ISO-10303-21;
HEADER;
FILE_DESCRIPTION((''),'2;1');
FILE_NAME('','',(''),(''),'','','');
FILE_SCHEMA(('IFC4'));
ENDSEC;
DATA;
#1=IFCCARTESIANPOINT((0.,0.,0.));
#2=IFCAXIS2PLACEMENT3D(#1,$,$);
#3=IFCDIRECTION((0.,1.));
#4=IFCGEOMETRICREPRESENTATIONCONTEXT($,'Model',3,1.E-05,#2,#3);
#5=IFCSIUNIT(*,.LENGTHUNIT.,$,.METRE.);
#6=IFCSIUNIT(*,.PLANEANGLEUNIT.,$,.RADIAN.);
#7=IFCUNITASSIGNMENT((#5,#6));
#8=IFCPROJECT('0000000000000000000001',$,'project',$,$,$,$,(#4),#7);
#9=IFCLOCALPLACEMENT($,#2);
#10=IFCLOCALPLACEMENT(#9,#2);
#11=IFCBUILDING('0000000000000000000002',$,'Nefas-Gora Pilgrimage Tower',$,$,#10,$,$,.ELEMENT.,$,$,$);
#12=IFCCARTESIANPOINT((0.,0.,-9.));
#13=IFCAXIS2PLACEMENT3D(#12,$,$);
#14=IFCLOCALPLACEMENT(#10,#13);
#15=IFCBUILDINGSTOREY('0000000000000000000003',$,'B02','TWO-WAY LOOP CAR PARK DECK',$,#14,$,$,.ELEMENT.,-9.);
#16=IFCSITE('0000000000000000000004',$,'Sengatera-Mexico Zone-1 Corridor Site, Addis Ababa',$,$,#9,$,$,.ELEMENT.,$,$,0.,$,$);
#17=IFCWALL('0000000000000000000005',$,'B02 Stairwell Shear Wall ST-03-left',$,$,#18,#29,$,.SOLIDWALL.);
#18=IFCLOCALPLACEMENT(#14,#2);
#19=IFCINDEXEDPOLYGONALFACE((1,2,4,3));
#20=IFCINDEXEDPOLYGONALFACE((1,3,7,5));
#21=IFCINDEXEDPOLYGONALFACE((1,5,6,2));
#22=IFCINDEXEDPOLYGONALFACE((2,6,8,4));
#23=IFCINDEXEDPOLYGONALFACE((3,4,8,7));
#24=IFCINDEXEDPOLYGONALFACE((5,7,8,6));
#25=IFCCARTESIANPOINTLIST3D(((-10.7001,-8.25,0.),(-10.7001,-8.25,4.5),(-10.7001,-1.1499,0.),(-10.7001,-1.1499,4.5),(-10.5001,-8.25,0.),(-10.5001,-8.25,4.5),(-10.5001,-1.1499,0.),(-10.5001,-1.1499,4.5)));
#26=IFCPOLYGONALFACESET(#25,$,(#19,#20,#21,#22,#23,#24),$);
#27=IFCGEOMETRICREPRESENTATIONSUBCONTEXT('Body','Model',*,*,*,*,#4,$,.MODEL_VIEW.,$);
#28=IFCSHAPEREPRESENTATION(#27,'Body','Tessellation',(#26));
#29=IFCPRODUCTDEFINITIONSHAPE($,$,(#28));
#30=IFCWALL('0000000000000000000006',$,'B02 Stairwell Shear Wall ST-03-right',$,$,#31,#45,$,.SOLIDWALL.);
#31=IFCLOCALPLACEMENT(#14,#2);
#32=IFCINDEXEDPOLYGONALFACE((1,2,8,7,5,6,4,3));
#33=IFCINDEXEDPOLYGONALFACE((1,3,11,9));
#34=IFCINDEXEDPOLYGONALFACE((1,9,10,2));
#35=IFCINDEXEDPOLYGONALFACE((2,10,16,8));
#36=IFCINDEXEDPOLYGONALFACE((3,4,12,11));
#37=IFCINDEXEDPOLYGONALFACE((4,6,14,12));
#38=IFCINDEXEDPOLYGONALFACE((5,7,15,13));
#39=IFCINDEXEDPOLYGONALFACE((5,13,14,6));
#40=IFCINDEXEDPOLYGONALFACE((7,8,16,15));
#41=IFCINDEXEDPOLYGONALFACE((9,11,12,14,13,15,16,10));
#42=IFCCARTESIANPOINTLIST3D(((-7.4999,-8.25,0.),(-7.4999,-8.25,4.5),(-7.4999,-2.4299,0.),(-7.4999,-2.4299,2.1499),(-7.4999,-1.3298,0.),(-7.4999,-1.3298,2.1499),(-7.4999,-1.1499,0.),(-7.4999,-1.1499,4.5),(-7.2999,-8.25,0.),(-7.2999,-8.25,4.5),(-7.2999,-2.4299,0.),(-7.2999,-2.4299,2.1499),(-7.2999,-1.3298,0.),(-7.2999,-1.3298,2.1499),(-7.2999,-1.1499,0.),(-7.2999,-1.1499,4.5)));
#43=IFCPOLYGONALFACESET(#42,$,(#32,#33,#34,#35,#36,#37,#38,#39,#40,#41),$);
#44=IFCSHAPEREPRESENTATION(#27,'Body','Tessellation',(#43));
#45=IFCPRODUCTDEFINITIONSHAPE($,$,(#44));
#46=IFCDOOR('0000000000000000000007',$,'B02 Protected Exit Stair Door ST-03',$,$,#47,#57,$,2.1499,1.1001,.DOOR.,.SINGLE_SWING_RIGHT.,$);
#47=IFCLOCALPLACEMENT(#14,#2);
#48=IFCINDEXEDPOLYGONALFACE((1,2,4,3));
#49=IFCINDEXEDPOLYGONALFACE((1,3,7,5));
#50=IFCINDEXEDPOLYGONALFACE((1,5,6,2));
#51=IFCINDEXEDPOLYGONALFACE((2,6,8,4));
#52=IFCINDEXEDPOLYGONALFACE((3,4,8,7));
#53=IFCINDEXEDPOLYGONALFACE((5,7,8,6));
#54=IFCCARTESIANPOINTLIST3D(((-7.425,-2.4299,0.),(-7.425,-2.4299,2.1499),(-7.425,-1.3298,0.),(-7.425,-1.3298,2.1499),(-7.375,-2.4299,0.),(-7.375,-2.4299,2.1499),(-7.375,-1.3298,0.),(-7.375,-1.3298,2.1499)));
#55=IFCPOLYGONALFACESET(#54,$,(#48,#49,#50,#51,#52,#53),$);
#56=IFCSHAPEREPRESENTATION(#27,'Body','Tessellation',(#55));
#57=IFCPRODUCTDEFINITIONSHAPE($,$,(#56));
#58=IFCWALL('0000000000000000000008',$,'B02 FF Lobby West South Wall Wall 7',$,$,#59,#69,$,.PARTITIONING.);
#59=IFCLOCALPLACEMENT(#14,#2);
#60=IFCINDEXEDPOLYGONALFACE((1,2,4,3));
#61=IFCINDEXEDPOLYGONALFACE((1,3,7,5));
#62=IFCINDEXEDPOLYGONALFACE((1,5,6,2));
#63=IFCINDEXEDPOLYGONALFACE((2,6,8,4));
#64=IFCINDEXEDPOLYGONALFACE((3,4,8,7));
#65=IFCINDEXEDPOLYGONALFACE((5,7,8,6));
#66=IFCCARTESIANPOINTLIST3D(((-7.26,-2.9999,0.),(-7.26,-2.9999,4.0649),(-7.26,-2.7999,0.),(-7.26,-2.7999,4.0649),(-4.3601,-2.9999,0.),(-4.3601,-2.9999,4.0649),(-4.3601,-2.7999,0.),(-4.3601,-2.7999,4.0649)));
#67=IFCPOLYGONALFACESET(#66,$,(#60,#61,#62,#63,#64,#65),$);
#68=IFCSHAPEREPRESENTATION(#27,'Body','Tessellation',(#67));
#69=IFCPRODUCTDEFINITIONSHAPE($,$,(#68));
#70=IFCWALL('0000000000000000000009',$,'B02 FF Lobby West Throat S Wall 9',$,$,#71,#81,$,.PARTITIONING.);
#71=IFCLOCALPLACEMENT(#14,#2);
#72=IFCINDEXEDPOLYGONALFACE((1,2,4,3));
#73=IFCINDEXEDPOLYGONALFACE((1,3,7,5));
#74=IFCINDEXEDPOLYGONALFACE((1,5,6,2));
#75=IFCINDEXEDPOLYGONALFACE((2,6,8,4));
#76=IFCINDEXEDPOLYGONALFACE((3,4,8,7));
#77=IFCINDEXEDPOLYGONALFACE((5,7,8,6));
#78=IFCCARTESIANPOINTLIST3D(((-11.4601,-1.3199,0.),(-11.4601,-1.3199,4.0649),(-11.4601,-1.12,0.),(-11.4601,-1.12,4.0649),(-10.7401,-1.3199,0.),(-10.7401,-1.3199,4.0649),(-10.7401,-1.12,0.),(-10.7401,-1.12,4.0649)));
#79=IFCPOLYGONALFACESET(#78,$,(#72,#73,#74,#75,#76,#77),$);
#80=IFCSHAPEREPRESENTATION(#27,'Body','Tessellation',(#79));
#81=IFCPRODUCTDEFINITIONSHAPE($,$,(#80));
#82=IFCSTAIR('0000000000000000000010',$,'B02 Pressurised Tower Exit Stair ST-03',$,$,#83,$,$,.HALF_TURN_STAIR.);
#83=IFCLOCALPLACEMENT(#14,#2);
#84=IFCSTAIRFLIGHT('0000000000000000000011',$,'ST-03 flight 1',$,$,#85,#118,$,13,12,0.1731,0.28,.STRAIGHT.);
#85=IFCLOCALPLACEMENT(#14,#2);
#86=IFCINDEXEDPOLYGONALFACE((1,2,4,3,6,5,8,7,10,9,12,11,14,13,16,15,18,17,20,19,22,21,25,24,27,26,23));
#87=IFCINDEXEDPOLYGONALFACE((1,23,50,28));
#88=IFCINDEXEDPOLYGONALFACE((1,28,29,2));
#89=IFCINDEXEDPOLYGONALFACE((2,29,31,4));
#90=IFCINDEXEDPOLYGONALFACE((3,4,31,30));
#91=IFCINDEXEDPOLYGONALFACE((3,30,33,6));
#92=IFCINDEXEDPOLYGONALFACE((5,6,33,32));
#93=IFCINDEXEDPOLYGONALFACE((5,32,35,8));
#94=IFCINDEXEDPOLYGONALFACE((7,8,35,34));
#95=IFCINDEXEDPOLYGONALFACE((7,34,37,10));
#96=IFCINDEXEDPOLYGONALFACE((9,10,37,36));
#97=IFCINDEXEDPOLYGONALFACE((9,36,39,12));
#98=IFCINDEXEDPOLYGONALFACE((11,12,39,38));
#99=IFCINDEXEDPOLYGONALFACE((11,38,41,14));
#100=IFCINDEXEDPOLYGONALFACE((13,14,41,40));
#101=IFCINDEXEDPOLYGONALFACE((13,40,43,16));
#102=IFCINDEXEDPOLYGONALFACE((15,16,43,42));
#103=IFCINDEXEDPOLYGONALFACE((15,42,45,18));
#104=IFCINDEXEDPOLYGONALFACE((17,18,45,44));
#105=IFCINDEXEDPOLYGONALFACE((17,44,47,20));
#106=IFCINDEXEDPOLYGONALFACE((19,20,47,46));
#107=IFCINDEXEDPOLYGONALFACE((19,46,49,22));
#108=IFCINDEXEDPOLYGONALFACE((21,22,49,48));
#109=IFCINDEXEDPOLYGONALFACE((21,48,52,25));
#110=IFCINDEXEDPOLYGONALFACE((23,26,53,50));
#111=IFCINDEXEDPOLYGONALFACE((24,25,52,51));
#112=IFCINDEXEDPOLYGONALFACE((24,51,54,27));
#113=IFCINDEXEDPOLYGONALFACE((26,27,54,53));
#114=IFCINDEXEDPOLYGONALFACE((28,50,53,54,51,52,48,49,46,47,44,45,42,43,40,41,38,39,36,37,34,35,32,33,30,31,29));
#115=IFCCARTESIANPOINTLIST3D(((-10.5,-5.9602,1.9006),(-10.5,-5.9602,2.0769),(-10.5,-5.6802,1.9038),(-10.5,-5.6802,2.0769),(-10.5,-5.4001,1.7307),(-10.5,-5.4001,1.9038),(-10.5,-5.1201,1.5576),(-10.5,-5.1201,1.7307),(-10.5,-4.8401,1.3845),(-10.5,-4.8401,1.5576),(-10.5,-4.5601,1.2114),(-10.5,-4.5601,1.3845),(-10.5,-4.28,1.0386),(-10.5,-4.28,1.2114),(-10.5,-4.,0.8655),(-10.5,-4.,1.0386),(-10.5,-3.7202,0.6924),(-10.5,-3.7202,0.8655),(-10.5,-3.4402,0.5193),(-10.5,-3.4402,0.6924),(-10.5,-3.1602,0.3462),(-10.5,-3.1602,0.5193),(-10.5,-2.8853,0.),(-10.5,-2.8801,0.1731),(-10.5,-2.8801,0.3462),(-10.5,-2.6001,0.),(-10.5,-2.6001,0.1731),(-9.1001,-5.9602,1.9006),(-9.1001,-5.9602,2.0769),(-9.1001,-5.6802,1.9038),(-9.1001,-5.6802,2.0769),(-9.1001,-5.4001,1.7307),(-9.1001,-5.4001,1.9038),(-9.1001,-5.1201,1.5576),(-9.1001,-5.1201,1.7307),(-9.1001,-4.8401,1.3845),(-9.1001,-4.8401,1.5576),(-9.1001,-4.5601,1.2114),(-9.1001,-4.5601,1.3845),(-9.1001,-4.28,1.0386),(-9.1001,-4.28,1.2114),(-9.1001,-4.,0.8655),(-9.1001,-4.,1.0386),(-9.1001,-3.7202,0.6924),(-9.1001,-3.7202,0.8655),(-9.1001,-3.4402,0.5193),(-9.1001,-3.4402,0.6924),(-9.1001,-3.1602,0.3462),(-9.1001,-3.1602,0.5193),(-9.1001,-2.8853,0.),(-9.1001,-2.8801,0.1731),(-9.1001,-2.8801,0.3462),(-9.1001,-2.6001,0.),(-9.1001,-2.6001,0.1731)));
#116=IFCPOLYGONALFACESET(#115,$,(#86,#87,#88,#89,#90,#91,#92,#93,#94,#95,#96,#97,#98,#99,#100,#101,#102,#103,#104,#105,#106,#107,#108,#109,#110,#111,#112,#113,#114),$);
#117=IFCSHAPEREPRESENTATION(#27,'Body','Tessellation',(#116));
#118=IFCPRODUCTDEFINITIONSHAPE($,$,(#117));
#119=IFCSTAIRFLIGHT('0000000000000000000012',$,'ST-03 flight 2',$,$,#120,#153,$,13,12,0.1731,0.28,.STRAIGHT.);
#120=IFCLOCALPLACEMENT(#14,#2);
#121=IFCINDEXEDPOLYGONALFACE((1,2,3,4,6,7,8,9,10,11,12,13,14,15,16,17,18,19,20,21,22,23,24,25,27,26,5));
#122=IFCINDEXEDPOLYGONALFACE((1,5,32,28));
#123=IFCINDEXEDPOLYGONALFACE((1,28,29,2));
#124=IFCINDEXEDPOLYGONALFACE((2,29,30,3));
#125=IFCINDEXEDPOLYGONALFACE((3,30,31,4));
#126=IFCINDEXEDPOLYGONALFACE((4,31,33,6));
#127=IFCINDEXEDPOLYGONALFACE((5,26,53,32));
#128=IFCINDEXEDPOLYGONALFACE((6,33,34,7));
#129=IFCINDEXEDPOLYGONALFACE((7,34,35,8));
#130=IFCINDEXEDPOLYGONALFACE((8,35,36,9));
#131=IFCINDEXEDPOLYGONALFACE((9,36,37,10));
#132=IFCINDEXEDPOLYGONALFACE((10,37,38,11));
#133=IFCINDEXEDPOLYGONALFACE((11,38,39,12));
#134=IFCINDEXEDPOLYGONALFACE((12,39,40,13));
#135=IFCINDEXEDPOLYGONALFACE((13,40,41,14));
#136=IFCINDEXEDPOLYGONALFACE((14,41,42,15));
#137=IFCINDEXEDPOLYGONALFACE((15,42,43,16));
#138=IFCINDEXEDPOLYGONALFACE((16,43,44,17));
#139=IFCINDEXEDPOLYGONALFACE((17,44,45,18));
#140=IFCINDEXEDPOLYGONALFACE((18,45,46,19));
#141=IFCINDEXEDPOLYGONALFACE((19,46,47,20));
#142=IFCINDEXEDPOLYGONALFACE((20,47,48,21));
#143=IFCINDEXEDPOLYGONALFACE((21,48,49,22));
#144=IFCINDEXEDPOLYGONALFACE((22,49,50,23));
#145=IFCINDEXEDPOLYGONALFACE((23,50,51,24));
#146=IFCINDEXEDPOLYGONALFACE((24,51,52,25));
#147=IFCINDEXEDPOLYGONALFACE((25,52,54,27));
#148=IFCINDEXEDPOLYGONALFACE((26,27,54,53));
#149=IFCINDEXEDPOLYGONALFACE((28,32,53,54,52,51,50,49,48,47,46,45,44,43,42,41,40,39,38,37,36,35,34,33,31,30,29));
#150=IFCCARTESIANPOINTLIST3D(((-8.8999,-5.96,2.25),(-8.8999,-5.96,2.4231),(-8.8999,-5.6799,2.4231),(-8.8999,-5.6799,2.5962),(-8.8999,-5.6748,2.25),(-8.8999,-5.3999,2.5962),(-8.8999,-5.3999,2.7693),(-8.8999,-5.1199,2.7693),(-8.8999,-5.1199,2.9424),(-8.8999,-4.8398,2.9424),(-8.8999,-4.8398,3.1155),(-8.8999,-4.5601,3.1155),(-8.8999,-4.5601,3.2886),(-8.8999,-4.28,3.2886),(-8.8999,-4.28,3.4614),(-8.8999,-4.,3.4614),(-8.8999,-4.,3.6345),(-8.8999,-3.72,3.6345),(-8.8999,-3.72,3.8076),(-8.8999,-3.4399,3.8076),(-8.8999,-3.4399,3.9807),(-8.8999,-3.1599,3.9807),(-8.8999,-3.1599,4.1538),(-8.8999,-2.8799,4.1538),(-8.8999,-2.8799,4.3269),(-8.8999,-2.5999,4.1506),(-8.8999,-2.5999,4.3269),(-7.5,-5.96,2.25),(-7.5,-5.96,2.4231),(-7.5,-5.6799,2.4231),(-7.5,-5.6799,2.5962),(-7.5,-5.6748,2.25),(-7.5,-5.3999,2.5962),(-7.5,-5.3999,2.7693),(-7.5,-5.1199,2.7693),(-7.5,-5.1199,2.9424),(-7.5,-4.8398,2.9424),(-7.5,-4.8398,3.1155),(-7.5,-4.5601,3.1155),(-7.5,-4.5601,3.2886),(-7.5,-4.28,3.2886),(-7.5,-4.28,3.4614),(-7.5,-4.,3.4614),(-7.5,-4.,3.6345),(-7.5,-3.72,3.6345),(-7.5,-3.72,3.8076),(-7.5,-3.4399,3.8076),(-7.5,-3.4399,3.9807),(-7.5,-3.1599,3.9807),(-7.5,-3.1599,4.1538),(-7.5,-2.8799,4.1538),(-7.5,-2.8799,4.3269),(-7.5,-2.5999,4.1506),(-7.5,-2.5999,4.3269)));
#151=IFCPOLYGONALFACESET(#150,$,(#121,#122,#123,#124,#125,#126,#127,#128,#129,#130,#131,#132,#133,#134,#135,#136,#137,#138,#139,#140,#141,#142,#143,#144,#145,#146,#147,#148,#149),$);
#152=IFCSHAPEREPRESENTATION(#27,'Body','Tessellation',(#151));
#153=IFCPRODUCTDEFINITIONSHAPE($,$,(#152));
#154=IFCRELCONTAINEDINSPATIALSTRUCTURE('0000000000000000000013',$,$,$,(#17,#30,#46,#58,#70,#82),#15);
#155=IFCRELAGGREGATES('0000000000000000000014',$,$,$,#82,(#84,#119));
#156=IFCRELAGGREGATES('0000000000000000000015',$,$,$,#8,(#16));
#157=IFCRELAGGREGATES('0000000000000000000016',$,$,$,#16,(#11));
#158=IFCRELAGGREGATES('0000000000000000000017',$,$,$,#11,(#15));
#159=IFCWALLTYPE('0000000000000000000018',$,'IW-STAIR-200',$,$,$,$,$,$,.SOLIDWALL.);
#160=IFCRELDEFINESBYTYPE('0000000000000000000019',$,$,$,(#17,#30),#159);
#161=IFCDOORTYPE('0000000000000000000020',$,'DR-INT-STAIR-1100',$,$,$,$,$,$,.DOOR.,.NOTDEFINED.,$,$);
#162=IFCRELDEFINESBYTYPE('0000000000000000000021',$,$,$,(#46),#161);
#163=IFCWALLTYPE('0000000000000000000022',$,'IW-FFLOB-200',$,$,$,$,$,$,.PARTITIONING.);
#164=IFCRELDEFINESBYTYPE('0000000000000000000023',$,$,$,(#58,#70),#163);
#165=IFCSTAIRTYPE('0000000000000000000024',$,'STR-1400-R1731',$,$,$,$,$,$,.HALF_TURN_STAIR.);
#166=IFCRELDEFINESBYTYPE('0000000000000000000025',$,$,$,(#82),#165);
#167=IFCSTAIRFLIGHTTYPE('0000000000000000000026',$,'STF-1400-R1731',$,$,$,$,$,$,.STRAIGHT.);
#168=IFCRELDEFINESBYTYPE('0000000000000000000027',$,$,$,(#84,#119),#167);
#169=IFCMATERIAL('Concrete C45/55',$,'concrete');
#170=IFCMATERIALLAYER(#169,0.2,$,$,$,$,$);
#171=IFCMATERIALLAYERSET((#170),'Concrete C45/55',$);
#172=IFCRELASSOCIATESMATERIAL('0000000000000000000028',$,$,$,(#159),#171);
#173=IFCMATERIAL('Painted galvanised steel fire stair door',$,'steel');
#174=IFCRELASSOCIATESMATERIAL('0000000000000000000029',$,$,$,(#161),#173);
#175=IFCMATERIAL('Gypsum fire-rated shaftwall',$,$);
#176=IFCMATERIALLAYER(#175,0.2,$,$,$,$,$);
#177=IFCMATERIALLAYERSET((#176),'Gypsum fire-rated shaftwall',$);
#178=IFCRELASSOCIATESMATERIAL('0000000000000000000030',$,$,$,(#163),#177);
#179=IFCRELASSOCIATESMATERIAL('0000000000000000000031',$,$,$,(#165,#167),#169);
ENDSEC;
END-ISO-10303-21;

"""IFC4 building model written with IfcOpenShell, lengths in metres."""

from ifc_helpers import new_model, si_unit, direction, frame, frame_2d, origin, place, context, subcontext, project, spatial, polyline, rectangle, outline, extrude, source, transform, mapped, material, layer, layer_set, type_object, element, fill, aggregate, save


model = new_model("IFC4")

# Units and contexts
model_context = context("Model", 3, precision=1e-05, world=origin(), true_north=direction((0.0, 1.0)))
body_context = subcontext(model_context, "Body", "Model", "MODEL_VIEW")
ifc_project = project(units=[si_unit("LENGTHUNIT", "METRE"), si_unit("PLANEANGLEUNIT", "RADIAN")], contexts=[model_context])

# Site, building, storey
site_placement = place(None, origin())
site = spatial("IfcSite", under=ifc_project, at=site_placement, Name="Sengatera-Mexico Zone-1 Corridor Site, Addis Ababa", CompositionType="ELEMENT", RefElevation=0.0)
building_placement = place(site_placement, origin())
building = spatial("IfcBuilding", under=site, at=building_placement, Name="Nefas-Gora Pilgrimage Tower", CompositionType="ELEMENT")
storey_placement = place(building_placement, frame((0.0, 0.0, -9.0)))
storey = spatial("IfcBuildingStorey", under=building, at=storey_placement, Name="B02", Description="TWO-WAY LOOP CAR PARK DECK", CompositionType="ELEMENT", Elevation=-9.0)

# Shared definitions
ifc_material_1 = material(Name="Concrete C45/55", Category="concrete")

# Wall
ifc_layer_1 = layer(ifc_material_1, 0.2)
ifc_layer_set_1 = layer_set([ifc_layer_1], Name="Concrete C45/55")
wall_type_1 = type_object("IfcWallType", Name="IW-STAIR-200", PredefinedType="SOLIDWALL", material=ifc_layer_set_1)
shared_shape_1 = source(origin(), body_context, "Body", "SweptSolid", [
    extrude(rectangle(XDim=7.1001, YDim=0.2, at=frame_2d((3.55, 0.0))), origin(), (0.0, 0.0, 1.0), 4.5),
])
wall_1_placement = place(storey_placement, frame((-10.6001, -1.1499, 0.0), z_axis=(0.0, 0.0, 1.0), x_axis=(0.0, -1.0, 0.0)))
element("IfcWall", 1, at=wall_1_placement, inside=storey, type_object=wall_type_1, Name="B02 Stairwell Shear Wall ST-03-left", PredefinedType="SOLIDWALL", context=body_context, shape_type="MappedRepresentation", body=[
    mapped(shared_shape_1, transform((0.0, 0.0, 0.0), x_axis=(1.0, 0.0, 0.0), y_axis=(0.0, 1.0, 0.0), z_axis=(0.0, 0.0, 1.0), scale=1.0)),
])

# Wall, opening, door
wall_2_placement = place(storey_placement, frame((-7.3999, -1.1499, 0.0), z_axis=(0.0, 0.0, 1.0), x_axis=(0.0, -1.0, 0.0)))
wall_2 = element("IfcWall", 2, at=wall_2_placement, inside=storey, type_object=wall_type_1, Name="B02 Stairwell Shear Wall ST-03-right", PredefinedType="SOLIDWALL", context=body_context, shape_type="MappedRepresentation", body=[
    mapped(shared_shape_1, transform((0.0, 0.0, 0.0), x_axis=(1.0, 0.0, 0.0), y_axis=(0.0, 1.0, 0.0), z_axis=(0.0, 0.0, 1.0), scale=1.0)),
])
opening_1_placement = place(wall_2_placement, frame((0.1799, 0.0, 0.0)))
opening_1 = element("IfcOpeningElement", 3, at=opening_1_placement, cuts=wall_2, PredefinedType="OPENING", context=body_context, shape_type="SweptSolid", body=[
    extrude(rectangle(XDim=1.1001, YDim=2.1499, at=frame_2d((0.55, 1.075))), frame((0.0, 0.1099, 0.0), z_axis=(0.0, -1.0, 0.0), x_axis=(1.0, 0.0, 0.0)), (0.0, 0.0, 1.0), 0.22),
])
ifc_material_2 = material(Name="Painted galvanised steel fire stair door", Category="steel")
door_type_1 = type_object("IfcDoorType", Name="DR-INT-STAIR-1100", OperationType="NOTDEFINED", PredefinedType="DOOR", material=ifc_material_2)
shared_shape_2 = source(origin(), body_context, "Body", "SweptSolid", [
    extrude(rectangle(XDim=1.1001, YDim=2.1499, at=frame_2d((0.55, 1.075))), frame((0.0, 0.0249, 0.0), z_axis=(0.0, -1.0, 0.0), x_axis=(1.0, 0.0, 0.0)), (0.0, 0.0, 1.0), 0.05),
])
door_1_placement = place(opening_1_placement, origin())
door_1 = element("IfcDoor", 4, at=door_1_placement, inside=storey, type_object=door_type_1, Name="B02 Protected Exit Stair Door ST-03", OperationType="SINGLE_SWING_RIGHT", OverallHeight=2.1499, OverallWidth=1.1001, PredefinedType="DOOR", context=body_context, shape_type="MappedRepresentation", body=[
    mapped(shared_shape_2, transform((0.0, 0.0, 0.0), x_axis=(1.0, 0.0, 0.0), y_axis=(0.0, 1.0, 0.0), z_axis=(0.0, 0.0, 1.0), scale=1.0)),
])
fill(opening_1, door_1)
ifc_material_3 = material(Name="Gypsum fire-rated shaftwall")
ifc_layer_2 = layer(ifc_material_3, 0.2)
ifc_layer_set_2 = layer_set([ifc_layer_2], Name="Gypsum fire-rated shaftwall")
wall_type_2 = type_object("IfcWallType", Name="IW-FFLOB-200", PredefinedType="PARTITIONING", material=ifc_layer_set_2)

# Walls
shared_shape_3 = source(origin(), body_context, "Body", "SweptSolid", [
    extrude(rectangle(XDim=2.8999, YDim=0.2, at=frame_2d((1.45, 0.0))), origin(), (0.0, 0.0, 1.0), 4.0649),
])
wall_3_placement = place(storey_placement, frame((-7.26, -2.8999, 0.0), z_axis=(0.0, 0.0, 1.0), x_axis=(1.0, 0.0, 0.0)))
element("IfcWall", 5, at=wall_3_placement, inside=storey, type_object=wall_type_2, Name="B02 FF Lobby West South Wall Wall 7", PredefinedType="PARTITIONING", context=body_context, shape_type="MappedRepresentation", body=[
    mapped(shared_shape_3, transform((0.0, 0.0, 0.0), x_axis=(1.0, 0.0, 0.0), y_axis=(0.0, 1.0, 0.0), z_axis=(0.0, 0.0, 1.0), scale=1.0)),
])
shared_shape_4 = source(origin(), body_context, "Body", "SweptSolid", [
    extrude(rectangle(XDim=0.72, YDim=0.2, at=frame_2d((0.3599, 0.0))), origin(), (0.0, 0.0, 1.0), 4.0649),
])
wall_4_placement = place(storey_placement, frame((-11.46, -1.22, 0.0), z_axis=(0.0, 0.0, 1.0), x_axis=(1.0, 0.0, 0.0)))
element("IfcWall", 6, at=wall_4_placement, inside=storey, type_object=wall_type_2, Name="B02 FF Lobby West Throat S Wall 9", PredefinedType="PARTITIONING", context=body_context, shape_type="MappedRepresentation", body=[
    mapped(shared_shape_4, transform((0.0, 0.0, 0.0), x_axis=(1.0, 0.0, 0.0), y_axis=(0.0, 1.0, 0.0), z_axis=(0.0, 0.0, 1.0), scale=1.0)),
])

# Stair, stair flights
stair_type = type_object("IfcStairType", Name="STR-1400-R1731", PredefinedType="HALF_TURN_STAIR", material=ifc_material_1)
stair_placement = place(storey_placement, origin())
stair = element("IfcStair", 7, at=stair_placement, inside=storey, type_object=stair_type, Name="B02 Pressurised Tower Exit Stair ST-03", PredefinedType="HALF_TURN_STAIR")
stair_flight_type = type_object("IfcStairFlightType", Name="STF-1400-R1731", PredefinedType="STRAIGHT", material=ifc_material_1)
shared_shape_5 = source(origin(), body_context, "Body", "SweptSolid", [
    extrude(outline(polyline([(0.0, 0.0), (0.0, 0.1731), (0.28, 0.1731), (0.28, 0.3462), (0.5601, 0.3462), (0.5601, 0.5193), (0.8401, 0.5193), (0.8401, 0.6924), (1.1201, 0.6924), (1.1201, 0.8655), (1.3999, 0.8655), (1.3999, 1.0386), (1.6799, 1.0386), (1.6799, 1.2114), (1.96, 1.2114), (1.96, 1.3845), (2.24, 1.3845), (2.24, 1.5576), (2.52, 1.5576), (2.52, 1.7307), (2.8, 1.7307), (2.8, 1.9038), (3.0801, 1.9038), (3.0801, 2.0769), (3.3601, 2.0769), (3.3601, 2.25), (3.3601, 1.9006), (0.2852, 0.0), (0.0, 0.0)])), frame((0.0, 0.7, 0.0), z_axis=(0.0, -1.0, 0.0), x_axis=(1.0, 0.0, 0.0)), (0.0, 0.0, 1.0), 1.3999),
])
stair_flight_1_placement = place(storey_placement, frame((-9.8, -2.6001, 0.0), z_axis=(0.0, 0.0, 1.0), x_axis=(0.0, -1.0, 0.0)))
stair_flight_1 = element("IfcStairFlight", 8, at=stair_flight_1_placement, type_object=stair_flight_type, Name="ST-03 flight 1", NumberOfRisers=13, NumberOfTreads=12, PredefinedType="STRAIGHT", RiserHeight=0.1731, TreadLength=0.28, context=body_context, shape_type="MappedRepresentation", body=[
    mapped(shared_shape_5, transform((0.0, 0.0, 0.0), x_axis=(1.0, 0.0, 0.0), y_axis=(0.0, 1.0, 0.0), z_axis=(0.0, 0.0, 1.0), scale=1.0)),
])
stair_flight_2_placement = place(storey_placement, frame((-8.2, -5.96, 2.25), z_axis=(0.0, 0.0, 1.0), x_axis=(0.0, 1.0, 0.0)))
stair_flight_2 = element("IfcStairFlight", 9, at=stair_flight_2_placement, type_object=stair_flight_type, Name="ST-03 flight 2", NumberOfRisers=13, NumberOfTreads=12, PredefinedType="STRAIGHT", RiserHeight=0.1731, TreadLength=0.28, context=body_context, shape_type="MappedRepresentation", body=[
    mapped(shared_shape_5, transform((0.0, 0.0, 0.0), x_axis=(1.0, 0.0, 0.0), y_axis=(0.0, 1.0, 0.0), z_axis=(0.0, 0.0, 1.0), scale=1.0)),
])
aggregate(stair, [stair_flight_1, stair_flight_2])

save(model, "model.ifc")
